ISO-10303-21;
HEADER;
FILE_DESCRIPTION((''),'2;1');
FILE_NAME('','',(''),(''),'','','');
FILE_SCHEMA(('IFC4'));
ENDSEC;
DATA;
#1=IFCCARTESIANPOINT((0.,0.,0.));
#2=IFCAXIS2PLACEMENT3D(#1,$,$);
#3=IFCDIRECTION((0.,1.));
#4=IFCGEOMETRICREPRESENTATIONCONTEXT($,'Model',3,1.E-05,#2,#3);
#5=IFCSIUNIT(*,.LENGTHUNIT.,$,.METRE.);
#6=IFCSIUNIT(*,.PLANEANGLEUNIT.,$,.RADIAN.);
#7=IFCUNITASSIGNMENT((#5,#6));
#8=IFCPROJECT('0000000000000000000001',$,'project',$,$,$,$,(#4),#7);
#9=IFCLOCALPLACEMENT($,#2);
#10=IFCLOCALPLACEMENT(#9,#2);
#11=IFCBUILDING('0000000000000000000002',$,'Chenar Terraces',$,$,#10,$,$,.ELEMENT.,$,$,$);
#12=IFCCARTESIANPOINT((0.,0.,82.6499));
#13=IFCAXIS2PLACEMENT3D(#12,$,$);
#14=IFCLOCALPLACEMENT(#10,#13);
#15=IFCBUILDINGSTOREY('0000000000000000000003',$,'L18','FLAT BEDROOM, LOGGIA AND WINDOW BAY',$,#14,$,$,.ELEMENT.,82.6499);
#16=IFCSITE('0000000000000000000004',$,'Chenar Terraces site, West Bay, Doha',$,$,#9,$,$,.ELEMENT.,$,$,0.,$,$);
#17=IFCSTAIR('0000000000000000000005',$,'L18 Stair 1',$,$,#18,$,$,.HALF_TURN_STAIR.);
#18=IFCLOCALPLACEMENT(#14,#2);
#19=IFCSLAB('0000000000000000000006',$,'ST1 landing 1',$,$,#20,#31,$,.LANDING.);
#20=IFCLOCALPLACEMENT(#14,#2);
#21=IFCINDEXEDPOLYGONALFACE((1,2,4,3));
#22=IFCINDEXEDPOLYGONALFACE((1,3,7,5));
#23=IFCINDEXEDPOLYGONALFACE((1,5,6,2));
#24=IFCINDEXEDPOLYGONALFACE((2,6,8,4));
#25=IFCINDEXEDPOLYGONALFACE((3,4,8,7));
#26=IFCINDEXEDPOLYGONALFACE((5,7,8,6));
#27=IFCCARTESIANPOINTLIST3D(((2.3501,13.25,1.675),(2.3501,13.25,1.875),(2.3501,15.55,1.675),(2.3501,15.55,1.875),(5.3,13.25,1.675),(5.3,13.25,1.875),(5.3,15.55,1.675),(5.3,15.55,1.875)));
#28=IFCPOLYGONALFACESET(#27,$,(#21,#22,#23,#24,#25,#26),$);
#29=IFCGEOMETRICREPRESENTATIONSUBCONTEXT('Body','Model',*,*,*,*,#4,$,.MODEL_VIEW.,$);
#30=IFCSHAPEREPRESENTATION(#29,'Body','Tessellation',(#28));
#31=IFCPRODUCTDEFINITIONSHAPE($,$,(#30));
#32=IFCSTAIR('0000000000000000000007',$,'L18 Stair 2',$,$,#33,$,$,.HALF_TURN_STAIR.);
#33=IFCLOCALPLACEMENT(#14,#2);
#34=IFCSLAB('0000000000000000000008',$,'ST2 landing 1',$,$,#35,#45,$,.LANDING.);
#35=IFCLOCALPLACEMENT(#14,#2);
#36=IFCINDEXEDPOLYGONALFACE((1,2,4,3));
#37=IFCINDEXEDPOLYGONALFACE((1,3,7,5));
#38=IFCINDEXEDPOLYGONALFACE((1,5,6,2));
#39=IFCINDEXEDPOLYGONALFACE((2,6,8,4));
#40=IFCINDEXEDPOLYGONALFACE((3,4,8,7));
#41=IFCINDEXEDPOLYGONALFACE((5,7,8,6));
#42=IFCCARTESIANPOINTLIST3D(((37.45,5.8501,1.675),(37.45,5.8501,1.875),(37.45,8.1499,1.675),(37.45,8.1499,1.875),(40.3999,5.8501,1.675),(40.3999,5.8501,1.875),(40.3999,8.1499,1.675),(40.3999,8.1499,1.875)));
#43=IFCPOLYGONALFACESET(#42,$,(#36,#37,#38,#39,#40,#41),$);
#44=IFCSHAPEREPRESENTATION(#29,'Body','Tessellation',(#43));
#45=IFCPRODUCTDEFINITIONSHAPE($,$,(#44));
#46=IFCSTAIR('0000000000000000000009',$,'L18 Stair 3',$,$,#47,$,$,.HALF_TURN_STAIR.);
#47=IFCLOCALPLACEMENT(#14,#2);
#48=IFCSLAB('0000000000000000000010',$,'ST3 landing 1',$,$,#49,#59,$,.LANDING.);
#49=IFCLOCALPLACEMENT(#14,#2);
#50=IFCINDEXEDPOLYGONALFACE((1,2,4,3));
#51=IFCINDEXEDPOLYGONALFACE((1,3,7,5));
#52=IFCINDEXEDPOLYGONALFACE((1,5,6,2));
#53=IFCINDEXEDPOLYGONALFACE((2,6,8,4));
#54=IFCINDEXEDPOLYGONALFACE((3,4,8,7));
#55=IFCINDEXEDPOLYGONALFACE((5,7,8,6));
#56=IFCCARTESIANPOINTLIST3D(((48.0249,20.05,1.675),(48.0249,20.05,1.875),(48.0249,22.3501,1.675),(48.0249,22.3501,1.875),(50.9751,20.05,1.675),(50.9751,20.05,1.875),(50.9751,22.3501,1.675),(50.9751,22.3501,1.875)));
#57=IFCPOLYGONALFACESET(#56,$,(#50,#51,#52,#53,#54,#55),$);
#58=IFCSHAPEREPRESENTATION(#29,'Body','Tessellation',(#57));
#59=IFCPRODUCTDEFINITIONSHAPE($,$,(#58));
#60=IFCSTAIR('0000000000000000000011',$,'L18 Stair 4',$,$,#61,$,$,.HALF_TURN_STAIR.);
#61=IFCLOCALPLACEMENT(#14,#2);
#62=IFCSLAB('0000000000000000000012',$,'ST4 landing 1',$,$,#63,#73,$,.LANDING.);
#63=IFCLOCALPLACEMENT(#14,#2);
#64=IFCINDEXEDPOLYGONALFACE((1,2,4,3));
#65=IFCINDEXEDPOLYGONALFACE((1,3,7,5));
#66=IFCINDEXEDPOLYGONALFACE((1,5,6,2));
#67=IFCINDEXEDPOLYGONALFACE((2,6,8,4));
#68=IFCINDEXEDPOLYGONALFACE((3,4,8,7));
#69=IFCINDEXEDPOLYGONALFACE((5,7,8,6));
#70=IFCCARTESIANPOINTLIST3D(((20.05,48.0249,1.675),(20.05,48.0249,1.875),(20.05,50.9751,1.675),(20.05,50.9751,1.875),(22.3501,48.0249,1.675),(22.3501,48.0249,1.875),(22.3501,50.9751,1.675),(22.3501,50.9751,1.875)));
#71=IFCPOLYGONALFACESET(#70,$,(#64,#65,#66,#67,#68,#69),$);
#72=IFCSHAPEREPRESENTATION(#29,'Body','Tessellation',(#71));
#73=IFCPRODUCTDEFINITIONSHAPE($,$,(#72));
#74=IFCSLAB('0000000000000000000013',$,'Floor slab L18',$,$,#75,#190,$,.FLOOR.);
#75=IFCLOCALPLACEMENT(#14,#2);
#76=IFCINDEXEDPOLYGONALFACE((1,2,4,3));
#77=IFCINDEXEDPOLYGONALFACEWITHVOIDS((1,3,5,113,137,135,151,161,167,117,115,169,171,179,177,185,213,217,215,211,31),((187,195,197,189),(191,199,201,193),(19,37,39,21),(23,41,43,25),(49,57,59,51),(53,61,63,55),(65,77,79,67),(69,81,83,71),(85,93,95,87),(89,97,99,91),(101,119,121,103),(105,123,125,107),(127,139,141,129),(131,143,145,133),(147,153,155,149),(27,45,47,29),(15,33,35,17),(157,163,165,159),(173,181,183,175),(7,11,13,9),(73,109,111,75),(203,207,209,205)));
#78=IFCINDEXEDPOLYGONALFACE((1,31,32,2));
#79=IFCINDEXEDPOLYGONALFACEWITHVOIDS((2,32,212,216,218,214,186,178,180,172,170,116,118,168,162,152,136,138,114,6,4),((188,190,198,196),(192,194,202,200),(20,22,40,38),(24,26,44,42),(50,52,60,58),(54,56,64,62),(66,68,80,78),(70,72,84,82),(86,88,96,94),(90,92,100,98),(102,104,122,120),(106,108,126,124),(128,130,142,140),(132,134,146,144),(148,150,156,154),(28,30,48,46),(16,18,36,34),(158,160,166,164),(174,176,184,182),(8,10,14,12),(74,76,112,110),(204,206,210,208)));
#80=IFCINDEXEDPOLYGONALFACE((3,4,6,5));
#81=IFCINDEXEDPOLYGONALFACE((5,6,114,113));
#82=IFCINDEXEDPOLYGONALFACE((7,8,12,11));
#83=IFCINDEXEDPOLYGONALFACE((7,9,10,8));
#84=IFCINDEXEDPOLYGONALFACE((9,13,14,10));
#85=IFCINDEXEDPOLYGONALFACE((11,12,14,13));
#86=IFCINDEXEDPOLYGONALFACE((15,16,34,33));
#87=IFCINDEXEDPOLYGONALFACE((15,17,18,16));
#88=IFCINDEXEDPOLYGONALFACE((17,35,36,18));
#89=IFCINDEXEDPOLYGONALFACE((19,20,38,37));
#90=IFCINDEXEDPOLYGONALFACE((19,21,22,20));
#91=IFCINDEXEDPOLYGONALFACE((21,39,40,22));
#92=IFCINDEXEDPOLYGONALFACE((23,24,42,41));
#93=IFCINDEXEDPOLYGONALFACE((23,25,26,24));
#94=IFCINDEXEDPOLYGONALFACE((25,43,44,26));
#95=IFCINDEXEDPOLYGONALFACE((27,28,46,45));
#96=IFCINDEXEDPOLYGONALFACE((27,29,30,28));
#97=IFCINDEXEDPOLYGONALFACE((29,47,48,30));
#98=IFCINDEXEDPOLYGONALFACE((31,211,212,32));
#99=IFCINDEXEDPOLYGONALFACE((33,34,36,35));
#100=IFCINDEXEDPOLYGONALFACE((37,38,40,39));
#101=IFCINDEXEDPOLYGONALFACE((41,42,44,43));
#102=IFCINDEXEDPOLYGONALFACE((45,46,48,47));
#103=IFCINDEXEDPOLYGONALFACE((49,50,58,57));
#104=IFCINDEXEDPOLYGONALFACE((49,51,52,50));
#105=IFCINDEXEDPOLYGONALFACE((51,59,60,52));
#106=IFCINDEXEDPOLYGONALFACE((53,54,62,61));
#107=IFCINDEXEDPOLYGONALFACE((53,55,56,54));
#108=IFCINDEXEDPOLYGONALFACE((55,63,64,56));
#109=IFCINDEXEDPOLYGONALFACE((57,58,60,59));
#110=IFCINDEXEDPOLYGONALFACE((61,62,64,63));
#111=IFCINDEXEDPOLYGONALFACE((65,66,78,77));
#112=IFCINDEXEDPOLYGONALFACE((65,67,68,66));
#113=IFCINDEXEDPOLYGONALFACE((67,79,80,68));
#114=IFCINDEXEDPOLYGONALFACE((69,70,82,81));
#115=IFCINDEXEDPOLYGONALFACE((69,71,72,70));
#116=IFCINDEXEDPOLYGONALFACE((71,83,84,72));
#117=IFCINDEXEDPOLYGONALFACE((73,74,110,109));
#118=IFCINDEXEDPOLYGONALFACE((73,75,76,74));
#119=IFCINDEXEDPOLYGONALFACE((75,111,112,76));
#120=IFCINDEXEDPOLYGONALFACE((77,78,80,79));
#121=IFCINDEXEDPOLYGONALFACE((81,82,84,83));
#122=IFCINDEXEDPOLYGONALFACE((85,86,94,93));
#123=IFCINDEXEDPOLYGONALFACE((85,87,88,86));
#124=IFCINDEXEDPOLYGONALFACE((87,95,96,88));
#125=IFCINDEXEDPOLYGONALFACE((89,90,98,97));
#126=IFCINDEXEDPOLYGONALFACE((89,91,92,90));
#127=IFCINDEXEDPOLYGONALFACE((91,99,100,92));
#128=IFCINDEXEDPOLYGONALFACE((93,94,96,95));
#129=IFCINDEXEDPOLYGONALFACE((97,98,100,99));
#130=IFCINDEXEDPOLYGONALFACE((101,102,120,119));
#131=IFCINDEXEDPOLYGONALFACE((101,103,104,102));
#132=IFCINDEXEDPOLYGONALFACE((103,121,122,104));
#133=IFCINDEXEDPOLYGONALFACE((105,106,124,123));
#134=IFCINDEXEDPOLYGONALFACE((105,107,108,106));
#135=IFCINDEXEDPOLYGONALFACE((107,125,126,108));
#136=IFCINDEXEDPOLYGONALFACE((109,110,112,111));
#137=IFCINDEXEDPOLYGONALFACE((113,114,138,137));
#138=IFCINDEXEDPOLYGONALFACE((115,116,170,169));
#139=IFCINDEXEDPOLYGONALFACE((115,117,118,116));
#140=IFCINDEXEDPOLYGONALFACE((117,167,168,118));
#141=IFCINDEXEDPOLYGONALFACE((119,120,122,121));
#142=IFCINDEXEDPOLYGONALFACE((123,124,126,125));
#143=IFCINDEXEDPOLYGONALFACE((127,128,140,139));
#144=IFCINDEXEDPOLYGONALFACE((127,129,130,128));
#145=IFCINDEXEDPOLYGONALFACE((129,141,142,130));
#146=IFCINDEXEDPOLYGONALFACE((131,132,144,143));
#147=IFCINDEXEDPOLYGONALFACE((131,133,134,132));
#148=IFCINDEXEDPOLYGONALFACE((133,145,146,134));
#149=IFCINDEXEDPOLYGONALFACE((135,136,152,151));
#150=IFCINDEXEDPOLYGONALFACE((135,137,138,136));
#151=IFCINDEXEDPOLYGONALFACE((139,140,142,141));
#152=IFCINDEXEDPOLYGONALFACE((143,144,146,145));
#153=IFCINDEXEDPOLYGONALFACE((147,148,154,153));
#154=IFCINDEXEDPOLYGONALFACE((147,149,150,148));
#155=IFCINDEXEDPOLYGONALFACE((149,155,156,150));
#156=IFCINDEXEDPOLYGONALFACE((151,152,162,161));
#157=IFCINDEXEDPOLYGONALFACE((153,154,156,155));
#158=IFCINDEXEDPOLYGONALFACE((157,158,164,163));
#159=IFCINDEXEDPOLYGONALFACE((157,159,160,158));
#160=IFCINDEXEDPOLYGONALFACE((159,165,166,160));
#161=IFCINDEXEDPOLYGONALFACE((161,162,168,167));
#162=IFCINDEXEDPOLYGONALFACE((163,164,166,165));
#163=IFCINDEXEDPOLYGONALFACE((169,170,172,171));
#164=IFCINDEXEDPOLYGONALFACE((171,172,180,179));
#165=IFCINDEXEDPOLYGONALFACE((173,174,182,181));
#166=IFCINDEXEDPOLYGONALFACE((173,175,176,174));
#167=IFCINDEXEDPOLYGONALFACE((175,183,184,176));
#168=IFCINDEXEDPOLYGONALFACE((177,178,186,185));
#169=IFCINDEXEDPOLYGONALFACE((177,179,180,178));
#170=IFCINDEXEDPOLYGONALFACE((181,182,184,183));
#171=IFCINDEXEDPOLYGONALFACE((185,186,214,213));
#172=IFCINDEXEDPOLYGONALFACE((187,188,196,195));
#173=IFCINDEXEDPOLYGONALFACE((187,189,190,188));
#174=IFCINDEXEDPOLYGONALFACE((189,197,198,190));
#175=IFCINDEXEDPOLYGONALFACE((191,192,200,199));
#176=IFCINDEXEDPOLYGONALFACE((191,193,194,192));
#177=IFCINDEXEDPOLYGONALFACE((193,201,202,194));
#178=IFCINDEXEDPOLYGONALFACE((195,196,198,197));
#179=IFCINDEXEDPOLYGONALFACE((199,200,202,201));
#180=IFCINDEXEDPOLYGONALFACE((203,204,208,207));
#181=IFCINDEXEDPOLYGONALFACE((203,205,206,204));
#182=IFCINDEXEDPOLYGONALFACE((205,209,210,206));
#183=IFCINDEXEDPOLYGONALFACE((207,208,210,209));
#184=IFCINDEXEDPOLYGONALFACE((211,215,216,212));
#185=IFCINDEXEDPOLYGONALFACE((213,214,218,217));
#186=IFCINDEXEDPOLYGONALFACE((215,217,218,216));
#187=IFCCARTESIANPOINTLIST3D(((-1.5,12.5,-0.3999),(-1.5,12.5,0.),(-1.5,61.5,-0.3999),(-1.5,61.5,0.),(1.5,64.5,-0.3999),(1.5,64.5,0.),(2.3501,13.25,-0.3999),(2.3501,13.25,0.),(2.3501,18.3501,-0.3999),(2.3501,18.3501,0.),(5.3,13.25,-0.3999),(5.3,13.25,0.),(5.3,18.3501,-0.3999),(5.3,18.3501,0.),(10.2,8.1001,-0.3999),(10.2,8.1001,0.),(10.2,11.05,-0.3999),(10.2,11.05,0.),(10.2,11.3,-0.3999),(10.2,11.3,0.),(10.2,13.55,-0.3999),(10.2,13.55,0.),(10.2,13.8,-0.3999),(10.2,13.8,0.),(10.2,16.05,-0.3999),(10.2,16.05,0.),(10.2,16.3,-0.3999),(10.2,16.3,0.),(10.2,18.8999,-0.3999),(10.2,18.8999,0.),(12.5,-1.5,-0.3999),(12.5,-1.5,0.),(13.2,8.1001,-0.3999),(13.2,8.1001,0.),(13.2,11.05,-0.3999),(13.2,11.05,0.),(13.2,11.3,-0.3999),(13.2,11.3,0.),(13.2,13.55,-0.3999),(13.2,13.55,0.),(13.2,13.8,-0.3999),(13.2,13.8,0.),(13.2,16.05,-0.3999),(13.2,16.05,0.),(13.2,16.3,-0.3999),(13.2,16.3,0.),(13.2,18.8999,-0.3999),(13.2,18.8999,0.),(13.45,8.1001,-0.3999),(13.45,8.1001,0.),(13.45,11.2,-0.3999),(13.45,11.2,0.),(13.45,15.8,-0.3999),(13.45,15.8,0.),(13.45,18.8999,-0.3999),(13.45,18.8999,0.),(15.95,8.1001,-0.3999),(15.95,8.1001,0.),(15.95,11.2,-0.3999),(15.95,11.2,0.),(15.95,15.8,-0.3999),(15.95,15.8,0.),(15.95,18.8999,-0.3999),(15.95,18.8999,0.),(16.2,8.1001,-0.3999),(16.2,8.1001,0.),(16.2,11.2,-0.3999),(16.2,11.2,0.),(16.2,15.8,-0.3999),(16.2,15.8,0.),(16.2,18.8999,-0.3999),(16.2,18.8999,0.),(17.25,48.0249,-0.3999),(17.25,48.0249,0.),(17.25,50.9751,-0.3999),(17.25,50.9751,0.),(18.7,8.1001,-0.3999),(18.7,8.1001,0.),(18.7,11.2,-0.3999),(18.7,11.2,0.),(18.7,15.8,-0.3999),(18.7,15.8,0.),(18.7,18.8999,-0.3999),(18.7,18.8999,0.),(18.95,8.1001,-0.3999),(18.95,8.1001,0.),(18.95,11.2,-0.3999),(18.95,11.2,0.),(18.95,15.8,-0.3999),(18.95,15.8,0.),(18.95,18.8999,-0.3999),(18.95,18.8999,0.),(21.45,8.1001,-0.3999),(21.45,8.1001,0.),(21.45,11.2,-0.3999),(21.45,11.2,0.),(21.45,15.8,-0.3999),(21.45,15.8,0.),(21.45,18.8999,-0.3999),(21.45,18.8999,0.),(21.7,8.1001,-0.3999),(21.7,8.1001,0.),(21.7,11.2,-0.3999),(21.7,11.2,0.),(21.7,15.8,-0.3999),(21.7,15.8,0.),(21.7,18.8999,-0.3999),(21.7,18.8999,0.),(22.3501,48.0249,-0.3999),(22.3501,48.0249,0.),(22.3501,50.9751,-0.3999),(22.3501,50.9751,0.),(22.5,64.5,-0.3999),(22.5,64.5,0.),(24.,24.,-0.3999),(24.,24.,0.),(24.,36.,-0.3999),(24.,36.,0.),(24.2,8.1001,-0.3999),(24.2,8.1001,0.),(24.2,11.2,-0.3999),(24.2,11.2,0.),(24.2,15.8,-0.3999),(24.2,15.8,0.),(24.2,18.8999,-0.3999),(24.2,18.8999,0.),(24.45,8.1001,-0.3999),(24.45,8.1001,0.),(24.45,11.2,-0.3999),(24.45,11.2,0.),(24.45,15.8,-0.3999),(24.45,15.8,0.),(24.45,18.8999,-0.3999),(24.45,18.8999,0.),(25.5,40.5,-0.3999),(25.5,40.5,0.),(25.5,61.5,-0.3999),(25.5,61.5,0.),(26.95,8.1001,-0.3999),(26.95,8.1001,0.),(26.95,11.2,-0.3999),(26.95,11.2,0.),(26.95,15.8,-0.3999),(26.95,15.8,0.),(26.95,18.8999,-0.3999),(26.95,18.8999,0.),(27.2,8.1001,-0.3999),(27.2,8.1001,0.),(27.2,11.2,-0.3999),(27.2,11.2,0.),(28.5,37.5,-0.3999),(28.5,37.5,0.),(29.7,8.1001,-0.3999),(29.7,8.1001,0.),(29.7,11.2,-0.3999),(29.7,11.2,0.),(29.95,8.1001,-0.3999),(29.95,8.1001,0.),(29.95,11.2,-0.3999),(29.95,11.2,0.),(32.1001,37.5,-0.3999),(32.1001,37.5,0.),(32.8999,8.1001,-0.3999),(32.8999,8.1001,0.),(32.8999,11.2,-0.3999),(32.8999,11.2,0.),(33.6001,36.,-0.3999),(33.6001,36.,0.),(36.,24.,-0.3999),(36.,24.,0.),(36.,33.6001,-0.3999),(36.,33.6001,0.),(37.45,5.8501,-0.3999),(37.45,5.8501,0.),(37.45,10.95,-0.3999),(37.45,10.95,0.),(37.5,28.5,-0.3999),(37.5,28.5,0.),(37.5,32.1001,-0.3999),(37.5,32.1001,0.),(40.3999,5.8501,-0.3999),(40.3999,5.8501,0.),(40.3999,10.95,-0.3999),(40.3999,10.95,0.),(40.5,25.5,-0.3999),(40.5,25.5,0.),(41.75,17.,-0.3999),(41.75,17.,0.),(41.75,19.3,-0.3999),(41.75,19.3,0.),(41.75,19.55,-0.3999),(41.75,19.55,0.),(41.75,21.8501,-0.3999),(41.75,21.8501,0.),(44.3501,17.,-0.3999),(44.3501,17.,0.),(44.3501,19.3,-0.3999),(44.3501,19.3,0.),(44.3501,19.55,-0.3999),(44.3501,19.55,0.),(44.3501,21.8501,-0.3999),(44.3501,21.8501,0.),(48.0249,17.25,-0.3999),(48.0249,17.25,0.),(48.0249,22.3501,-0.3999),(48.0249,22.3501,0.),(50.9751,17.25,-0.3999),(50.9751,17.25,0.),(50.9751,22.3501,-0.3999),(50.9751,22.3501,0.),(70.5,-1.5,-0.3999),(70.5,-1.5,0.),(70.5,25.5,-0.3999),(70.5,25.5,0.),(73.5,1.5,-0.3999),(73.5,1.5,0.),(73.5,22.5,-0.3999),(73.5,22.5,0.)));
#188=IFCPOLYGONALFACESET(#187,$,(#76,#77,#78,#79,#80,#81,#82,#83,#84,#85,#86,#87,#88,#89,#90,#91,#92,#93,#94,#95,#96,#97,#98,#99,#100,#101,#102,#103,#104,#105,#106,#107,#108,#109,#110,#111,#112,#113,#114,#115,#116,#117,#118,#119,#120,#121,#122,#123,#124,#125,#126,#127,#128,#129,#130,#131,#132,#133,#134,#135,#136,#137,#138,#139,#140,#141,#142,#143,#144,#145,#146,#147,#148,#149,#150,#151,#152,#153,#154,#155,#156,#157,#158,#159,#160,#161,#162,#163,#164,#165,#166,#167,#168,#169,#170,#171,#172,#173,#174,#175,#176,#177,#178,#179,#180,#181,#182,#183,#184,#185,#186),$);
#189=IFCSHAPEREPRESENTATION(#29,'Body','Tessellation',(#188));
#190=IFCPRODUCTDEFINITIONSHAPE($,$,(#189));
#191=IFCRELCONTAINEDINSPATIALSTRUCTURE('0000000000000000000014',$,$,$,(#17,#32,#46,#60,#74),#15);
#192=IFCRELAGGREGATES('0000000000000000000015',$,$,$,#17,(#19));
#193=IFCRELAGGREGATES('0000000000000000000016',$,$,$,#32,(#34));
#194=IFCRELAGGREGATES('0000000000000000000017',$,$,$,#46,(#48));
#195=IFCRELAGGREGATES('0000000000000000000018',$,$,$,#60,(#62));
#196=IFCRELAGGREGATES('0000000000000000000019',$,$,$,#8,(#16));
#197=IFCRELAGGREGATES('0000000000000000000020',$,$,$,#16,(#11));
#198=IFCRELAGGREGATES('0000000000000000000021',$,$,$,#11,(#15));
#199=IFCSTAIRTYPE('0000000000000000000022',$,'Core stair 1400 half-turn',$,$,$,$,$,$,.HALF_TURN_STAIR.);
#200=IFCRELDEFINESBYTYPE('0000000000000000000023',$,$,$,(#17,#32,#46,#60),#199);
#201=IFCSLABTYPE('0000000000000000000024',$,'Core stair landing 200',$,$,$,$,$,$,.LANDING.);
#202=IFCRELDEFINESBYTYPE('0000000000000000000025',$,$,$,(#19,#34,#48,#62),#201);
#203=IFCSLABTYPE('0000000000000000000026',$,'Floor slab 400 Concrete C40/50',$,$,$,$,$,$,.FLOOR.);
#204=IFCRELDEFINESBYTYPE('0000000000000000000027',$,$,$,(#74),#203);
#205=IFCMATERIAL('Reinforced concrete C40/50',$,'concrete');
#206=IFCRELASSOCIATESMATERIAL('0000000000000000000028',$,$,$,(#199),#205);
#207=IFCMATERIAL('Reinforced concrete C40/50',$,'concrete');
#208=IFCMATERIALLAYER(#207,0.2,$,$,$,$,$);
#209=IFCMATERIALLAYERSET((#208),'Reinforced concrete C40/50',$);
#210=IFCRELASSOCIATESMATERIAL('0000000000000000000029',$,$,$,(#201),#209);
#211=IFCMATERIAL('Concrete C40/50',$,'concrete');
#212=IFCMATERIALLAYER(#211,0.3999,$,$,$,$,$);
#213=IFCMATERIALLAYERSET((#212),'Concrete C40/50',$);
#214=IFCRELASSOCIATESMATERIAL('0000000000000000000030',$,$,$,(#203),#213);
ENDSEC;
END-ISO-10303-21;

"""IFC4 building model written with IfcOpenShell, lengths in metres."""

from ifc_helpers import new_model, si_unit, direction, frame, origin, place, context, subcontext, project, spatial, polyline, outline, extrude, material, layer, layer_set, type_object, element, aggregate, save


model = new_model("IFC4")

# Units and contexts
model_context = context("Model", 3, precision=1e-05, world=origin(), true_north=direction((0.0, 1.0)))
body_context = subcontext(model_context, "Body", "Model", "MODEL_VIEW")
ifc_project = project(units=[si_unit("LENGTHUNIT", "METRE"), si_unit("PLANEANGLEUNIT", "RADIAN")], contexts=[model_context])

# Site, building, storey
site_placement = place(None, origin())
site = spatial("IfcSite", under=ifc_project, at=site_placement, Name="Chenar Terraces site, West Bay, Doha", CompositionType="ELEMENT", RefElevation=0.0)
building_placement = place(site_placement, origin())
building = spatial("IfcBuilding", under=site, at=building_placement, Name="Chenar Terraces", CompositionType="ELEMENT")
storey_placement = place(building_placement, frame((0.0, 0.0, 82.6499)))
storey = spatial("IfcBuildingStorey", under=building, at=storey_placement, Name="L18", Description="FLAT BEDROOM, LOGGIA AND WINDOW BAY", CompositionType="ELEMENT", Elevation=82.6499)

# Stairs, slabs
ifc_material_1 = material(Name="Reinforced concrete C40/50", Category="concrete")
stair_type = type_object("IfcStairType", Name="Core stair 1400 half-turn", PredefinedType="HALF_TURN_STAIR", material=ifc_material_1)
placement_1 = place(storey_placement, origin())
stair_1 = element("IfcStair", 1, at=placement_1, inside=storey, type_object=stair_type, Name="L18 Stair 1", PredefinedType="HALF_TURN_STAIR")
ifc_material_2 = material(Name="Reinforced concrete C40/50", Category="concrete")
ifc_layer_1 = layer(ifc_material_2, 0.2)
ifc_layer_set_1 = layer_set([ifc_layer_1], Name="Reinforced concrete C40/50")
slab_type_1 = type_object("IfcSlabType", Name="Core stair landing 200", PredefinedType="LANDING", material=ifc_layer_set_1)
placement_2 = place(storey_placement, frame((0.0, 0.0, 1.675)))
slab_1 = element("IfcSlab", 2, at=placement_2, type_object=slab_type_1, Name="ST1 landing 1", PredefinedType="LANDING", context=body_context, shape_type="SweptSolid", body=[
    extrude(outline(polyline([(2.3501, 15.55), (2.3501, 13.25), (5.3, 13.25), (5.3, 15.55), (2.3501, 15.55)])), origin(), (0.0, 0.0, 1.0), 0.2),
])
aggregate(stair_1, [slab_1])
stair_2 = element("IfcStair", 3, at=placement_1, inside=storey, type_object=stair_type, Name="L18 Stair 2", PredefinedType="HALF_TURN_STAIR")
slab_2 = element("IfcSlab", 4, at=placement_2, type_object=slab_type_1, Name="ST2 landing 1", PredefinedType="LANDING", context=body_context, shape_type="SweptSolid", body=[
    extrude(outline(polyline([(37.45, 8.1499), (37.45, 5.8501), (40.3999, 5.8501), (40.3999, 8.1499), (37.45, 8.1499)])), origin(), (0.0, 0.0, 1.0), 0.2),
])
aggregate(stair_2, [slab_2])
stair_3 = element("IfcStair", 5, at=placement_1, inside=storey, type_object=stair_type, Name="L18 Stair 3", PredefinedType="HALF_TURN_STAIR")
slab_3 = element("IfcSlab", 6, at=placement_2, type_object=slab_type_1, Name="ST3 landing 1", PredefinedType="LANDING", context=body_context, shape_type="SweptSolid", body=[
    extrude(outline(polyline([(50.9751, 20.05), (50.9751, 22.3501), (48.0249, 22.3501), (48.0249, 20.05), (50.9751, 20.05)])), origin(), (0.0, 0.0, 1.0), 0.2),
])
aggregate(stair_3, [slab_3])
stair_4 = element("IfcStair", 7, at=placement_1, inside=storey, type_object=stair_type, Name="L18 Stair 4", PredefinedType="HALF_TURN_STAIR")
slab_4 = element("IfcSlab", 8, at=placement_2, type_object=slab_type_1, Name="ST4 landing 1", PredefinedType="LANDING", context=body_context, shape_type="SweptSolid", body=[
    extrude(outline(polyline([(20.05, 48.0249), (22.3501, 48.0249), (22.3501, 50.9751), (20.05, 50.9751), (20.05, 48.0249)])), origin(), (0.0, 0.0, 1.0), 0.2),
])
aggregate(stair_4, [slab_4])

# Slab
ifc_material_3 = material(Name="Concrete C40/50", Category="concrete")
ifc_layer_2 = layer(ifc_material_3, 0.3999)
ifc_layer_set_2 = layer_set([ifc_layer_2], Name="Concrete C40/50")
slab_type_2 = type_object("IfcSlabType", Name="Floor slab 400 Concrete C40/50", PredefinedType="FLOOR", material=ifc_layer_set_2)
slab_5_placement = place(storey_placement, frame((0.0, 0.0, -0.3999)))
element("IfcSlab", 9, at=slab_5_placement, inside=storey, type_object=slab_type_2, Name="Floor slab L18", PredefinedType="FLOOR", context=body_context, shape_type="SweptSolid", body=[
    extrude(outline(polyline([(73.5, 22.5), (73.5, 1.5), (70.5, -1.5), (12.5, -1.5), (-1.5, 12.5), (-1.5, 61.5), (1.5, 64.5), (22.5, 64.5), (25.5, 61.5), (25.5, 40.5), (28.5, 37.5), (32.1001, 37.5), (33.6001, 36.0), (24.0, 36.0), (24.0, 24.0), (36.0, 24.0), (36.0, 33.6001), (37.5, 32.1001), (37.5, 28.5), (40.5, 25.5), (70.5, 25.5), (73.5, 22.5)]), holes=[polyline([(13.2, 11.05), (10.2, 11.05), (10.2, 8.1001), (13.2, 8.1001), (13.2, 11.05)]), polyline([(15.95, 11.2), (13.45, 11.2), (13.45, 8.1001), (15.95, 8.1001), (15.95, 11.2)]), polyline([(18.7, 11.2), (16.2, 11.2), (16.2, 8.1001), (18.7, 8.1001), (18.7, 11.2)]), polyline([(21.45, 8.1001), (21.45, 11.2), (18.95, 11.2), (18.95, 8.1001), (21.45, 8.1001)]), polyline([(13.2, 11.3), (13.2, 13.55), (10.2, 13.55), (10.2, 11.3), (13.2, 11.3)]), polyline([(13.2, 16.05), (10.2, 16.05), (10.2, 13.8), (13.2, 13.8), (13.2, 16.05)]), polyline([(2.3501, 18.3501), (2.3501, 13.25), (5.3, 13.25), (5.3, 18.3501), (2.3501, 18.3501)]), polyline([(15.95, 15.8), (15.95, 18.8999), (13.45, 18.8999), (13.45, 15.8), (15.95, 15.8)]), polyline([(18.7, 18.8999), (16.2, 18.8999), (16.2, 15.8), (18.7, 15.8), (18.7, 18.8999)]), polyline([(21.45, 15.8), (21.45, 18.8999), (18.95, 18.8999), (18.95, 15.8), (21.45, 15.8)]), polyline([(13.2, 16.3), (13.2, 18.8999), (10.2, 18.8999), (10.2, 16.3), (13.2, 16.3)]), polyline([(22.3501, 48.0249), (22.3501, 50.9751), (17.25, 50.9751), (17.25, 48.0249), (22.3501, 48.0249)]), polyline([(37.45, 10.95), (37.45, 5.8501), (40.3999, 5.8501), (40.3999, 10.95), (37.45, 10.95)]), polyline([(24.2, 8.1001), (24.2, 11.2), (21.7, 11.2), (21.7, 8.1001), (24.2, 8.1001)]), polyline([(26.95, 11.2), (24.45, 11.2), (24.45, 8.1001), (26.95, 8.1001), (26.95, 11.2)]), polyline([(29.7, 8.1001), (29.7, 11.2), (27.2, 11.2), (27.2, 8.1001), (29.7, 8.1001)]), polyline([(32.8999, 8.1001), (32.8999, 11.2), (29.95, 11.2), (29.95, 8.1001), (32.8999, 8.1001)]), polyline([(24.2, 18.8999), (21.7, 18.8999), (21.7, 15.8), (24.2, 15.8), (24.2, 18.8999)]), polyline([(26.95, 15.8), (26.95, 18.8999), (24.45, 18.8999), (24.45, 15.8), (26.95, 15.8)]), polyline([(44.3501, 17.0), (44.3501, 19.3), (41.75, 19.3), (41.75, 17.0), (44.3501, 17.0)]), polyline([(50.9751, 22.3501), (48.0249, 22.3501), (48.0249, 17.25), (50.9751, 17.25), (50.9751, 22.3501)]), polyline([(44.3501, 19.55), (44.3501, 21.8501), (41.75, 21.8501), (41.75, 19.55), (44.3501, 19.55)])]), origin(), (0.0, 0.0, 1.0), 0.3999),
])

save(model, "model.ifc")
